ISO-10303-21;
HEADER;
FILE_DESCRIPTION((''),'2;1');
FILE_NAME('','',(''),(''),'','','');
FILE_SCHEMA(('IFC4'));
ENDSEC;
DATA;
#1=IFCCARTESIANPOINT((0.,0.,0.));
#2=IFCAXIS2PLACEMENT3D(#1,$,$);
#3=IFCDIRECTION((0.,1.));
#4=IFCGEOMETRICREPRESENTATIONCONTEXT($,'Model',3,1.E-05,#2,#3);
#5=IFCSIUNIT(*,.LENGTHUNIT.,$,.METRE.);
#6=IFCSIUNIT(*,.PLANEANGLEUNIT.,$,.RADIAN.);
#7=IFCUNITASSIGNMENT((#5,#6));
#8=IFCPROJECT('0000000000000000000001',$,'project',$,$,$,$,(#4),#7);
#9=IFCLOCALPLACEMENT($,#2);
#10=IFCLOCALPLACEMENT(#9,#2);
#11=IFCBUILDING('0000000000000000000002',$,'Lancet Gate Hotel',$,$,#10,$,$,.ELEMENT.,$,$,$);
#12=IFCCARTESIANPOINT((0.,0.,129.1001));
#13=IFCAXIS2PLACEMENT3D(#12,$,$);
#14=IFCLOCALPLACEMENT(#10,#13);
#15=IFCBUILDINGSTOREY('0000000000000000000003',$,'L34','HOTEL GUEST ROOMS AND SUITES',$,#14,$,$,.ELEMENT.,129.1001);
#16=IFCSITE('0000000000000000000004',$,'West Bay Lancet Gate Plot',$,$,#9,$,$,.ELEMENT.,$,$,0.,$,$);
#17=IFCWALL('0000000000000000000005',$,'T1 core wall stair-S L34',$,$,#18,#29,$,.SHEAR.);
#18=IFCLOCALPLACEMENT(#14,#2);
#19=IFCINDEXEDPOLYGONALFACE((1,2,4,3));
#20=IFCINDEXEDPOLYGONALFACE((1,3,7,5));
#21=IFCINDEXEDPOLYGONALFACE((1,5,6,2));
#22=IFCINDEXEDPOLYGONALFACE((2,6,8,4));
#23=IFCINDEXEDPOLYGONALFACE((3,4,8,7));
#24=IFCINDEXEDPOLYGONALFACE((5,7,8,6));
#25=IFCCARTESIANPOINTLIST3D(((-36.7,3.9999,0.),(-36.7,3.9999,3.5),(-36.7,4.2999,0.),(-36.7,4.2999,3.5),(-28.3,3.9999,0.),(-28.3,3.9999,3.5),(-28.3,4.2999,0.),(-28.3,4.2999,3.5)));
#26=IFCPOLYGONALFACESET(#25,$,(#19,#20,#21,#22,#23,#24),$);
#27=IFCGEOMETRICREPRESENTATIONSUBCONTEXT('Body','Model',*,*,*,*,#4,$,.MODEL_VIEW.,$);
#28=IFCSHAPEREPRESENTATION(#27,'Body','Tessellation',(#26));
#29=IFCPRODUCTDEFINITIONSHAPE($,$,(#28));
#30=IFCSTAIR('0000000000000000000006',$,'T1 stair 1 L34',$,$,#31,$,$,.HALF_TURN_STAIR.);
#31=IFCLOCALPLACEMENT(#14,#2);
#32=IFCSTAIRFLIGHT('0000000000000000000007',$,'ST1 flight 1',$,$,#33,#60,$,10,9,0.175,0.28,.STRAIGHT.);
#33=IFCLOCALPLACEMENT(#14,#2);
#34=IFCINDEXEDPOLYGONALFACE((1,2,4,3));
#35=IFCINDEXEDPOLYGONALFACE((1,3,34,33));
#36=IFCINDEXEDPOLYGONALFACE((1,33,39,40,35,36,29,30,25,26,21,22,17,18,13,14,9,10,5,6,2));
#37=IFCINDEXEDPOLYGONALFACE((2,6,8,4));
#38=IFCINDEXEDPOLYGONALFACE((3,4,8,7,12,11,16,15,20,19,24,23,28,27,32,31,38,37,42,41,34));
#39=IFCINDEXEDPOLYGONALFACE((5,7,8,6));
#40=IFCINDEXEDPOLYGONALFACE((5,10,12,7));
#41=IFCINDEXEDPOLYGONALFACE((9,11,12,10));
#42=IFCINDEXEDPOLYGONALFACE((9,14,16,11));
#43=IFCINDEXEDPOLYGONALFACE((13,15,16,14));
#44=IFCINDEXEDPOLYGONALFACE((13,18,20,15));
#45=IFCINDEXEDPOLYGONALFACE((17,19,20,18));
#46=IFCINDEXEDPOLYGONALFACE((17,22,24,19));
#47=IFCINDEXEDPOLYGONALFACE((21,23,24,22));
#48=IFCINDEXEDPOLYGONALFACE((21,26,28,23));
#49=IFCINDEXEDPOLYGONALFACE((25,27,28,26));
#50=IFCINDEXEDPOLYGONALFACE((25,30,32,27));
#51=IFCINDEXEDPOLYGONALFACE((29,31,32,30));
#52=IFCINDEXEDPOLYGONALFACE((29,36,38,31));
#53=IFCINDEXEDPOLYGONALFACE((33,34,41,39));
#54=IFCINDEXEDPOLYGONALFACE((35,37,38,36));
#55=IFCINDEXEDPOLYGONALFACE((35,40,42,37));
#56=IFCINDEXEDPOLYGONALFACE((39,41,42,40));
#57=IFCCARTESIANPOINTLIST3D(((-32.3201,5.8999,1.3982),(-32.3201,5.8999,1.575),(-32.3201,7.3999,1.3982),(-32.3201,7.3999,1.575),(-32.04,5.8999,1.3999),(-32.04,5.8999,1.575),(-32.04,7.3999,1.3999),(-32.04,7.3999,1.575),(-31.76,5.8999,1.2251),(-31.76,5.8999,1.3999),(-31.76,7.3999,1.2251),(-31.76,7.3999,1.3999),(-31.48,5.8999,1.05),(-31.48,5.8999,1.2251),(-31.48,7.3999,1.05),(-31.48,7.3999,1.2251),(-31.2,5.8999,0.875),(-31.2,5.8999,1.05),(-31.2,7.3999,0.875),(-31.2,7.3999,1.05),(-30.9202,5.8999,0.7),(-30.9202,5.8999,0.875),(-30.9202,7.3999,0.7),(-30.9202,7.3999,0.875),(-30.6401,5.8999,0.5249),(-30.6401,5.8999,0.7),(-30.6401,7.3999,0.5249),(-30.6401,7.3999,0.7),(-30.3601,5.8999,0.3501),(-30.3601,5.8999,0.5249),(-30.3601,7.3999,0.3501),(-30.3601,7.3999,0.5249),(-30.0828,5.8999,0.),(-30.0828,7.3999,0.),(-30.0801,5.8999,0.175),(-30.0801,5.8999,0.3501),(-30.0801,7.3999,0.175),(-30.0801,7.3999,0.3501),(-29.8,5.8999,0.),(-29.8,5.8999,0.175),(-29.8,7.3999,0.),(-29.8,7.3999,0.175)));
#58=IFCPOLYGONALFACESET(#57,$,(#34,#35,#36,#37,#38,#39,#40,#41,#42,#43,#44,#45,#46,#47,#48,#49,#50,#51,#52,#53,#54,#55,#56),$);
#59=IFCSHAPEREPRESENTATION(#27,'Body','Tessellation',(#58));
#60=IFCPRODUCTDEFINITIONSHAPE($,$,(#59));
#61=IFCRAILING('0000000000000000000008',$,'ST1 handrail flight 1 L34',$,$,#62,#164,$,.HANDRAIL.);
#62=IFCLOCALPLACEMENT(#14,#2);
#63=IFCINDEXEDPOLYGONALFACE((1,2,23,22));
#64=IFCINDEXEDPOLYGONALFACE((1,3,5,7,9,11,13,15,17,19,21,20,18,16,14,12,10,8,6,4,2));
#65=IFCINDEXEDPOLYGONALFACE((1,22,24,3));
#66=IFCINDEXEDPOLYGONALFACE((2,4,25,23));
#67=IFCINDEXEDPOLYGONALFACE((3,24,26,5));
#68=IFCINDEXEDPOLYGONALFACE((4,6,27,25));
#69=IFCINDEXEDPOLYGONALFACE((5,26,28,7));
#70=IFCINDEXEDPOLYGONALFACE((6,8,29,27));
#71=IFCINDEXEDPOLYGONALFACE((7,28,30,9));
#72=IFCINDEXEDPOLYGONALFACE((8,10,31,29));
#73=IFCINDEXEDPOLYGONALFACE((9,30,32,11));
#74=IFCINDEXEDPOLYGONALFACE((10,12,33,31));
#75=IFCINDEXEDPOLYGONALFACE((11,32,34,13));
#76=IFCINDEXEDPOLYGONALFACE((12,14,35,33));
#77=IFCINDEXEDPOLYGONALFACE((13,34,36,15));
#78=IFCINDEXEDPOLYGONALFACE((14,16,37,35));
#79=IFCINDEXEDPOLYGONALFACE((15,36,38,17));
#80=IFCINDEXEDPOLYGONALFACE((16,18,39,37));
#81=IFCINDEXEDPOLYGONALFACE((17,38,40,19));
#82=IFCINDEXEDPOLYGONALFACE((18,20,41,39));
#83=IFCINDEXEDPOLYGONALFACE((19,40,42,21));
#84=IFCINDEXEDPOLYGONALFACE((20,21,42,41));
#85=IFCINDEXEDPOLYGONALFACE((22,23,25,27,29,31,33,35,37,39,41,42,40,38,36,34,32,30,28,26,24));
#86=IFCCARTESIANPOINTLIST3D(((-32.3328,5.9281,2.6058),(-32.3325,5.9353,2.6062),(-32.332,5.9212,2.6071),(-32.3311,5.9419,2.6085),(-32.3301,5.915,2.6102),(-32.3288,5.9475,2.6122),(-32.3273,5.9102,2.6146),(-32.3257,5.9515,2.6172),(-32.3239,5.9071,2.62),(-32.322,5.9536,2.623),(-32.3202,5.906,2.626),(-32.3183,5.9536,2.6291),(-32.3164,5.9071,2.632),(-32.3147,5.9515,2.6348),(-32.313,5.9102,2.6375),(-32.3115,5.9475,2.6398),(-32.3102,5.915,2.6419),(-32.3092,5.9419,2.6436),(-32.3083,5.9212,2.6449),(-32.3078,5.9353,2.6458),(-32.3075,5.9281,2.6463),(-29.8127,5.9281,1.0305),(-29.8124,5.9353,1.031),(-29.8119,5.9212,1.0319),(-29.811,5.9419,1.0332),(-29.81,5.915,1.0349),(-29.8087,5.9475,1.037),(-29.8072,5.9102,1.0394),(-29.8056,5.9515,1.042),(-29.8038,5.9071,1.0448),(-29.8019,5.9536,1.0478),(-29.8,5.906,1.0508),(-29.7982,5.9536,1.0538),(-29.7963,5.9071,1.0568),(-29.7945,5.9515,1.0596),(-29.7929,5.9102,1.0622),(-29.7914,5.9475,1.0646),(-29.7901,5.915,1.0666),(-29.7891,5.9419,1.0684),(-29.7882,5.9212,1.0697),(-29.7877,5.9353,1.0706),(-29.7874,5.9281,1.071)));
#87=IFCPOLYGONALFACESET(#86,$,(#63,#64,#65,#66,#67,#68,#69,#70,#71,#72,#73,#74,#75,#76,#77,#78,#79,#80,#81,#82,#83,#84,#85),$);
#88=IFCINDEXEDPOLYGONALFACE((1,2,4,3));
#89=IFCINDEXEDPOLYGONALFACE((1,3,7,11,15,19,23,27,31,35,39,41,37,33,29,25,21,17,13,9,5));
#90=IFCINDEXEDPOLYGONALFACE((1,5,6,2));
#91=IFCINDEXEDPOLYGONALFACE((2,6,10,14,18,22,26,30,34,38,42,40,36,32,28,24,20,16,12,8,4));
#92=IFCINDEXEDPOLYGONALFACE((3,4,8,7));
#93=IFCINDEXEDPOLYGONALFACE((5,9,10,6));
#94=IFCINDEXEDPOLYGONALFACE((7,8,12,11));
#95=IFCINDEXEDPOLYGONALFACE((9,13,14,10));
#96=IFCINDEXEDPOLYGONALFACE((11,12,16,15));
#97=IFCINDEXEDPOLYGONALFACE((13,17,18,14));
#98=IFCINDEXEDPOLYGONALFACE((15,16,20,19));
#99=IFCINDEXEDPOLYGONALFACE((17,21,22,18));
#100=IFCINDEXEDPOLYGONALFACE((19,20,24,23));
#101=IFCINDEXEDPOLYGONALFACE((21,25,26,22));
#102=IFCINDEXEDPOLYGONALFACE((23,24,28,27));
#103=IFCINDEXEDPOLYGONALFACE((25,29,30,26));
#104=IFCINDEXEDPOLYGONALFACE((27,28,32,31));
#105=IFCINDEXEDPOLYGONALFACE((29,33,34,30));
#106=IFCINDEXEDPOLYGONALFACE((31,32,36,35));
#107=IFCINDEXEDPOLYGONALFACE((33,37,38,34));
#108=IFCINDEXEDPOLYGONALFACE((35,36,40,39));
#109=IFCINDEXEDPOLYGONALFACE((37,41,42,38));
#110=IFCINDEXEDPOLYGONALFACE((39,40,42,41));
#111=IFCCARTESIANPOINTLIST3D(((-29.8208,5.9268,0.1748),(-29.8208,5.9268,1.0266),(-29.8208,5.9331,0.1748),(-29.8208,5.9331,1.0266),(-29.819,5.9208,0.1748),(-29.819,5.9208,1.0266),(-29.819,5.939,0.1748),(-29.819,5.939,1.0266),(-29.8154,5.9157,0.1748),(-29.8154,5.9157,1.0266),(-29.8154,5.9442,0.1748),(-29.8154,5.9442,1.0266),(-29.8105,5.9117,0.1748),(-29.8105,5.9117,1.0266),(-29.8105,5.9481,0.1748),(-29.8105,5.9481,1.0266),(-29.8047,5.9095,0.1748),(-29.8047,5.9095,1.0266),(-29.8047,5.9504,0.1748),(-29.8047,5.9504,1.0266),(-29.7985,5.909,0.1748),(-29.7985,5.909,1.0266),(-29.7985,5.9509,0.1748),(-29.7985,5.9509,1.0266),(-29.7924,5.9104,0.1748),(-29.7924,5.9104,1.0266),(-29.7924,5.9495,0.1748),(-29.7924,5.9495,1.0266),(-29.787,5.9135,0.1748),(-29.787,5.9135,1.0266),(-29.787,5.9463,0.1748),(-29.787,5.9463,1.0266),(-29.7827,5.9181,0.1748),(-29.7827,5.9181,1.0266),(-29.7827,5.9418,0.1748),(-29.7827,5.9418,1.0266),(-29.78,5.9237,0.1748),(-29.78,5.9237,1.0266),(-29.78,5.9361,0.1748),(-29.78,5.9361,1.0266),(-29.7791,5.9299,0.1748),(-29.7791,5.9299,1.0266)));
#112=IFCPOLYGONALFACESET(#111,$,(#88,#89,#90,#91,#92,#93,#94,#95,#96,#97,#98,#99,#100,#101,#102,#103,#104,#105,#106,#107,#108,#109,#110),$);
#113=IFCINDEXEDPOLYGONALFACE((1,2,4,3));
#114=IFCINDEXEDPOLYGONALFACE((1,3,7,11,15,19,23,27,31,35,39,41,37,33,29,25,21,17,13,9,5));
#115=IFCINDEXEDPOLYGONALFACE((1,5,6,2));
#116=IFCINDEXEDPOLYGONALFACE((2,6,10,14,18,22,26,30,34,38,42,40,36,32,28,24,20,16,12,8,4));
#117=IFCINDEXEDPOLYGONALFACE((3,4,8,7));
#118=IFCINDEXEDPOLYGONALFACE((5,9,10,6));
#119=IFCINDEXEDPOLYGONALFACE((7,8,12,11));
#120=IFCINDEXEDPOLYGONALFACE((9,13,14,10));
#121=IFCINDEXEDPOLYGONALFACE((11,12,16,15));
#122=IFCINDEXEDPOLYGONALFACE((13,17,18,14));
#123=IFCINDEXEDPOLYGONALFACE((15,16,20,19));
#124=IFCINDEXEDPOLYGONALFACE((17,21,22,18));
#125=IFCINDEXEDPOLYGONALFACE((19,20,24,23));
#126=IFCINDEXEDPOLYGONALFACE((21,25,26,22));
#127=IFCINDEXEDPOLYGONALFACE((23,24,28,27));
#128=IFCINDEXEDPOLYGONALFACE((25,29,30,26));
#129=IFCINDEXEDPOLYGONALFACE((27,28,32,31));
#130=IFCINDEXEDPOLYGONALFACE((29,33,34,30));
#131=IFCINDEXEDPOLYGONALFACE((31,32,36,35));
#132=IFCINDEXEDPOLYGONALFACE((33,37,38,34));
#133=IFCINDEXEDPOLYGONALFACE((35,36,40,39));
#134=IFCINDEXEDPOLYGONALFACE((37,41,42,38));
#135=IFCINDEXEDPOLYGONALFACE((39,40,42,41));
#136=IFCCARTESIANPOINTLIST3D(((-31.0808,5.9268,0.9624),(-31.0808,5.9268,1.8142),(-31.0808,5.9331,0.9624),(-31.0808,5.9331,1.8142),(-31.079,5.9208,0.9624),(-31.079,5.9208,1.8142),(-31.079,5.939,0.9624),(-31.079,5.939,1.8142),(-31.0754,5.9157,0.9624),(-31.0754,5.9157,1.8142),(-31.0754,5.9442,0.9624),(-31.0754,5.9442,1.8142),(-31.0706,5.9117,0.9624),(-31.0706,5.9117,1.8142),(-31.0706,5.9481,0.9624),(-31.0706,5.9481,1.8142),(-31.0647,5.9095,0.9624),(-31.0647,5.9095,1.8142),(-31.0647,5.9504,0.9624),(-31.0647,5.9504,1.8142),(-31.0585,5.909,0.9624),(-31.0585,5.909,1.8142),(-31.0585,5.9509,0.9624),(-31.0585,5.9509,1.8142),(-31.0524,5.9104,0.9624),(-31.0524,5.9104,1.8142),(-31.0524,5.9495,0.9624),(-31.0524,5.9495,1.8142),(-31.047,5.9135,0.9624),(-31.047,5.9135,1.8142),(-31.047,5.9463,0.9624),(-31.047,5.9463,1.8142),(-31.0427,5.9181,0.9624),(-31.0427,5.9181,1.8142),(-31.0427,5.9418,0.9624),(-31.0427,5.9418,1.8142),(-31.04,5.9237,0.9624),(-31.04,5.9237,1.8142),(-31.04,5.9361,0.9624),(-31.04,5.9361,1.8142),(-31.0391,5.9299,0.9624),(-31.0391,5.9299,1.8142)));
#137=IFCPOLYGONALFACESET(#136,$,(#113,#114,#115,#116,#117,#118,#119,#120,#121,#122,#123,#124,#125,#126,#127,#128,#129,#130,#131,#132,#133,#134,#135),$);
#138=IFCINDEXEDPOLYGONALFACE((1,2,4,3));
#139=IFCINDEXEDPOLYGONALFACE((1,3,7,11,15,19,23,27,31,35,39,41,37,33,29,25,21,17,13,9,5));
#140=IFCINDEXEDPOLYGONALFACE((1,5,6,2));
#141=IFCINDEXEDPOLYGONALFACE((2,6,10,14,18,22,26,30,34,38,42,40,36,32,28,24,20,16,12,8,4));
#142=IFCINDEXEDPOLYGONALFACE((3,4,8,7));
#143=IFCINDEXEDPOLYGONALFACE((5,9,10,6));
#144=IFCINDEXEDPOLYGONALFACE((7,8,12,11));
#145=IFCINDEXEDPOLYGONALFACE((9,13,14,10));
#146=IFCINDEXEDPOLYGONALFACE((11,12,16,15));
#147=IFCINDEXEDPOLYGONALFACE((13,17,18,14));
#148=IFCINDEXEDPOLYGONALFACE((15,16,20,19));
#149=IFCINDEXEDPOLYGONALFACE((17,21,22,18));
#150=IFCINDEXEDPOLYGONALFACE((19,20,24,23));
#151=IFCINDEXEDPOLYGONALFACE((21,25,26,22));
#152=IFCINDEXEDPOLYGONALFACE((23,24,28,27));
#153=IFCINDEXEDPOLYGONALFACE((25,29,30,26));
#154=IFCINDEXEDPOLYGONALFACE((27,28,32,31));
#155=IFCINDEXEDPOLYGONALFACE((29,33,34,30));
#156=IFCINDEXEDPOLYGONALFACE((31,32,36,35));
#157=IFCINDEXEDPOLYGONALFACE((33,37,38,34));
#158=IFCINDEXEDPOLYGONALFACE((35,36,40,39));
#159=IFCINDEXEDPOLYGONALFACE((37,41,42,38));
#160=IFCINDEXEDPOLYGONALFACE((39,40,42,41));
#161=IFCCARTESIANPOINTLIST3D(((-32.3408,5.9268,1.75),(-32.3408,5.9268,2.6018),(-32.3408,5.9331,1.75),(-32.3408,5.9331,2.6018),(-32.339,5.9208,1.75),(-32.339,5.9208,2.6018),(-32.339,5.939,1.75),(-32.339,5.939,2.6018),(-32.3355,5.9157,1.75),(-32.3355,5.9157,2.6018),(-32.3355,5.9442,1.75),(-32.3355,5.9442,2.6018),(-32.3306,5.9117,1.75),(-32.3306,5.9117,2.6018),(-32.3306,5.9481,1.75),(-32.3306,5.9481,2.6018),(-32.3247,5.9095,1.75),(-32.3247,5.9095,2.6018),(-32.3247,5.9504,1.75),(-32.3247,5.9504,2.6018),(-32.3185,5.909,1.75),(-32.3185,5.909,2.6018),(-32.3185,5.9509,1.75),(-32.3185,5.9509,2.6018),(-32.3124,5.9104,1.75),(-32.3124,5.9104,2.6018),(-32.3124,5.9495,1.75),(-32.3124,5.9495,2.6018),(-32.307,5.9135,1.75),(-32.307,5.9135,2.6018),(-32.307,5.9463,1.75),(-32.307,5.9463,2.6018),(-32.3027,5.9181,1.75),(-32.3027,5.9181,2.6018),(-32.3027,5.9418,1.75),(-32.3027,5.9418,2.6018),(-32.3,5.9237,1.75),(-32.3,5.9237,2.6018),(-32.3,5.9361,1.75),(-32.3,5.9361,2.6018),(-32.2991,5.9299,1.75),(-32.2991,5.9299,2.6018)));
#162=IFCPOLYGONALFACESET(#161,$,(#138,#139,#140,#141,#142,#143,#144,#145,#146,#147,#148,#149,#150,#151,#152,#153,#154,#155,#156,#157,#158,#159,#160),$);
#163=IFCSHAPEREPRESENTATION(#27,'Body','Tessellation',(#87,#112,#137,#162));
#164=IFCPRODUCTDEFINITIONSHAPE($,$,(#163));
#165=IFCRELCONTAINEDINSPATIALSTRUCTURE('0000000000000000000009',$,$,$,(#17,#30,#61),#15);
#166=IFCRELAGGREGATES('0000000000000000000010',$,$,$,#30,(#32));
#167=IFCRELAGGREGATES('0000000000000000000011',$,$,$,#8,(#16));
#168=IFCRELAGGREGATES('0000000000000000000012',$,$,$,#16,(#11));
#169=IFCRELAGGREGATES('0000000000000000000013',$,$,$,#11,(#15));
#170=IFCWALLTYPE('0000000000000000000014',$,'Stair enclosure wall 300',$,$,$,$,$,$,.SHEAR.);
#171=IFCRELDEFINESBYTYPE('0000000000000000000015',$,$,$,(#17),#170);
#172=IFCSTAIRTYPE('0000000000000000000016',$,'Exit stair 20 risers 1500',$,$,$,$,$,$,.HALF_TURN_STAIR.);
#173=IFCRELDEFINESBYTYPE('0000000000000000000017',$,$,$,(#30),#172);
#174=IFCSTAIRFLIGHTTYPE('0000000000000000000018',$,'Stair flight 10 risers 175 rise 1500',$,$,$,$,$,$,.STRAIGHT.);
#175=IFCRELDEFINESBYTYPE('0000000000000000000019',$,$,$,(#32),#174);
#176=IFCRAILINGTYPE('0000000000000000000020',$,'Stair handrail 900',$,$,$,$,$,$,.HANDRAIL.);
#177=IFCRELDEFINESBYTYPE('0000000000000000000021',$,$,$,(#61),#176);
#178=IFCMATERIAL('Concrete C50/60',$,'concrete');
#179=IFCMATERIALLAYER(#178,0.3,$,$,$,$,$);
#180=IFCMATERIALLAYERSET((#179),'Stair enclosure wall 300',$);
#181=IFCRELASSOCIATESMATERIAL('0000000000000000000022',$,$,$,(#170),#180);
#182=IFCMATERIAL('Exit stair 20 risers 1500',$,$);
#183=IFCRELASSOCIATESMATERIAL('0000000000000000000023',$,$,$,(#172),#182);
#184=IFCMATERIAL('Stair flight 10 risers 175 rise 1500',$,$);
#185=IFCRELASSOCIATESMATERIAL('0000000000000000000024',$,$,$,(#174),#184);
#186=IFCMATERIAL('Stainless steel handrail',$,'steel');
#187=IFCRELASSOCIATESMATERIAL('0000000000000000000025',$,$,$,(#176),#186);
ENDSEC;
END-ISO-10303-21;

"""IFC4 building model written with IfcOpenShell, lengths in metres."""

from ifc_helpers import new_model, si_unit, direction, frame, frame_2d, origin, origin_2d, place, context, subcontext, project, spatial, polyline, rectangle, circle, outline, extrude, material, layer, layer_set, type_object, element, aggregate, save


model = new_model("IFC4")

# Units and contexts
model_context = context("Model", 3, precision=1e-05, world=origin(), true_north=direction((0.0, 1.0)))
body_context = subcontext(model_context, "Body", "Model", "MODEL_VIEW")
ifc_project = project(units=[si_unit("LENGTHUNIT", "METRE"), si_unit("PLANEANGLEUNIT", "RADIAN")], contexts=[model_context])

# Site, building, storey
site_placement = place(None, origin())
site = spatial("IfcSite", under=ifc_project, at=site_placement, Name="West Bay Lancet Gate Plot", CompositionType="ELEMENT", RefElevation=0.0)
building_placement = place(site_placement, origin())
building = spatial("IfcBuilding", under=site, at=building_placement, Name="Lancet Gate Hotel", CompositionType="ELEMENT")
storey_placement = place(building_placement, frame((0.0, 0.0, 129.1001)))
storey = spatial("IfcBuildingStorey", under=building, at=storey_placement, Name="L34", Description="HOTEL GUEST ROOMS AND SUITES", CompositionType="ELEMENT", Elevation=129.1001)

# Wall
ifc_material_1 = material(Name="Concrete C50/60", Category="concrete")
ifc_layer_1 = layer(ifc_material_1, 0.3)
ifc_layer_set_1 = layer_set([ifc_layer_1], Name="Stair enclosure wall 300")
wall_type_1 = type_object("IfcWallType", Name="Stair enclosure wall 300", PredefinedType="SHEAR", material=ifc_layer_set_1)
wall_1_placement = place(storey_placement, frame((-28.3, 4.1499, 0.0), z_axis=(0.0, 0.0, 1.0), x_axis=(-1.0, 0.0, 0.0)))
element("IfcWall", 1, at=wall_1_placement, inside=storey, type_object=wall_type_1, Name="T1 core wall stair-S L34", PredefinedType="SHEAR", context=body_context, shape_type="SweptSolid", body=[
    extrude(rectangle(XDim=8.3999, YDim=0.3, at=frame_2d((4.2, 0.0))), origin(), (0.0, 0.0, 1.0), 3.5),
])

# Stair, stair flight
ifc_material_2 = material(Name="Exit stair 20 risers 1500")
stair_type = type_object("IfcStairType", Name="Exit stair 20 risers 1500", PredefinedType="HALF_TURN_STAIR", material=ifc_material_2)
stair_placement = place(storey_placement, origin())
stair = element("IfcStair", 2, at=stair_placement, inside=storey, type_object=stair_type, Name="T1 stair 1 L34", PredefinedType="HALF_TURN_STAIR")
ifc_material_3 = material(Name="Stair flight 10 risers 175 rise 1500")
stair_flight_type = type_object("IfcStairFlightType", Name="Stair flight 10 risers 175 rise 1500", PredefinedType="STRAIGHT", material=ifc_material_3)
stair_flight_placement = place(storey_placement, frame((-29.8, 6.6499, 0.0), z_axis=(0.0, 0.0, 1.0), x_axis=(-1.0, 0.0, 0.0)))
stair_flight = element("IfcStairFlight", 3, at=stair_flight_placement, type_object=stair_flight_type, Name="ST1 flight 1", NumberOfRisers=10, NumberOfTreads=9, PredefinedType="STRAIGHT", RiserHeight=0.175, TreadLength=0.28, context=body_context, shape_type="SweptSolid", body=[
    extrude(outline(polyline([(0.0, 0.0), (0.0, 0.175), (0.28, 0.175), (0.28, 0.3501), (0.5601, 0.3501), (0.5601, 0.5249), (0.8401, 0.5249), (0.8401, 0.7), (1.1201, 0.7), (1.1201, 0.875), (1.3999, 0.875), (1.3999, 1.05), (1.6799, 1.05), (1.6799, 1.2251), (1.96, 1.2251), (1.96, 1.3999), (2.24, 1.3999), (2.24, 1.575), (2.52, 1.575), (2.52, 1.75), (2.52, 1.3982), (0.2827, 0.0), (0.0, 0.0)])), frame((0.0, 0.75, 0.0), z_axis=(0.0, -1.0, 0.0), x_axis=(1.0, 0.0, 0.0)), (0.0, 0.0, 1.0), 1.5),
])
aggregate(stair, [stair_flight])

# Railing
ifc_material_4 = material(Name="Stainless steel handrail", Category="steel")
railing_type = type_object("IfcRailingType", Name="Stair handrail 900", PredefinedType="HANDRAIL", material=ifc_material_4)
railing_placement = place(storey_placement, frame((-29.8, 5.9299, 0.1748)))
element("IfcRailing", 4, at=railing_placement, inside=storey, type_object=railing_type, Name="ST1 handrail flight 1 L34", PredefinedType="HANDRAIL", context=body_context, shape_type="SweptSolid", body=[
    extrude(circle(Radius=0.0239, at=origin_2d()), frame((0.0, 0.0, 0.876), z_axis=(-0.847971, 0.0, 0.530043), x_axis=(0.0, -1.0, 0.0)), (0.0, 0.0, 1.0), 2.9719),
    extrude(circle(Radius=0.021, at=origin_2d()), origin(), (0.0, 0.0, 1.0), 0.8518),
    extrude(circle(Radius=0.021, at=origin_2d()), frame((-1.26, 0.0, 0.7876)), (0.0, 0.0, 1.0), 0.8518),
    extrude(circle(Radius=0.021, at=origin_2d()), frame((-2.52, 0.0, 1.5752)), (0.0, 0.0, 1.0), 0.8518),
])

save(model, "model.ifc")
